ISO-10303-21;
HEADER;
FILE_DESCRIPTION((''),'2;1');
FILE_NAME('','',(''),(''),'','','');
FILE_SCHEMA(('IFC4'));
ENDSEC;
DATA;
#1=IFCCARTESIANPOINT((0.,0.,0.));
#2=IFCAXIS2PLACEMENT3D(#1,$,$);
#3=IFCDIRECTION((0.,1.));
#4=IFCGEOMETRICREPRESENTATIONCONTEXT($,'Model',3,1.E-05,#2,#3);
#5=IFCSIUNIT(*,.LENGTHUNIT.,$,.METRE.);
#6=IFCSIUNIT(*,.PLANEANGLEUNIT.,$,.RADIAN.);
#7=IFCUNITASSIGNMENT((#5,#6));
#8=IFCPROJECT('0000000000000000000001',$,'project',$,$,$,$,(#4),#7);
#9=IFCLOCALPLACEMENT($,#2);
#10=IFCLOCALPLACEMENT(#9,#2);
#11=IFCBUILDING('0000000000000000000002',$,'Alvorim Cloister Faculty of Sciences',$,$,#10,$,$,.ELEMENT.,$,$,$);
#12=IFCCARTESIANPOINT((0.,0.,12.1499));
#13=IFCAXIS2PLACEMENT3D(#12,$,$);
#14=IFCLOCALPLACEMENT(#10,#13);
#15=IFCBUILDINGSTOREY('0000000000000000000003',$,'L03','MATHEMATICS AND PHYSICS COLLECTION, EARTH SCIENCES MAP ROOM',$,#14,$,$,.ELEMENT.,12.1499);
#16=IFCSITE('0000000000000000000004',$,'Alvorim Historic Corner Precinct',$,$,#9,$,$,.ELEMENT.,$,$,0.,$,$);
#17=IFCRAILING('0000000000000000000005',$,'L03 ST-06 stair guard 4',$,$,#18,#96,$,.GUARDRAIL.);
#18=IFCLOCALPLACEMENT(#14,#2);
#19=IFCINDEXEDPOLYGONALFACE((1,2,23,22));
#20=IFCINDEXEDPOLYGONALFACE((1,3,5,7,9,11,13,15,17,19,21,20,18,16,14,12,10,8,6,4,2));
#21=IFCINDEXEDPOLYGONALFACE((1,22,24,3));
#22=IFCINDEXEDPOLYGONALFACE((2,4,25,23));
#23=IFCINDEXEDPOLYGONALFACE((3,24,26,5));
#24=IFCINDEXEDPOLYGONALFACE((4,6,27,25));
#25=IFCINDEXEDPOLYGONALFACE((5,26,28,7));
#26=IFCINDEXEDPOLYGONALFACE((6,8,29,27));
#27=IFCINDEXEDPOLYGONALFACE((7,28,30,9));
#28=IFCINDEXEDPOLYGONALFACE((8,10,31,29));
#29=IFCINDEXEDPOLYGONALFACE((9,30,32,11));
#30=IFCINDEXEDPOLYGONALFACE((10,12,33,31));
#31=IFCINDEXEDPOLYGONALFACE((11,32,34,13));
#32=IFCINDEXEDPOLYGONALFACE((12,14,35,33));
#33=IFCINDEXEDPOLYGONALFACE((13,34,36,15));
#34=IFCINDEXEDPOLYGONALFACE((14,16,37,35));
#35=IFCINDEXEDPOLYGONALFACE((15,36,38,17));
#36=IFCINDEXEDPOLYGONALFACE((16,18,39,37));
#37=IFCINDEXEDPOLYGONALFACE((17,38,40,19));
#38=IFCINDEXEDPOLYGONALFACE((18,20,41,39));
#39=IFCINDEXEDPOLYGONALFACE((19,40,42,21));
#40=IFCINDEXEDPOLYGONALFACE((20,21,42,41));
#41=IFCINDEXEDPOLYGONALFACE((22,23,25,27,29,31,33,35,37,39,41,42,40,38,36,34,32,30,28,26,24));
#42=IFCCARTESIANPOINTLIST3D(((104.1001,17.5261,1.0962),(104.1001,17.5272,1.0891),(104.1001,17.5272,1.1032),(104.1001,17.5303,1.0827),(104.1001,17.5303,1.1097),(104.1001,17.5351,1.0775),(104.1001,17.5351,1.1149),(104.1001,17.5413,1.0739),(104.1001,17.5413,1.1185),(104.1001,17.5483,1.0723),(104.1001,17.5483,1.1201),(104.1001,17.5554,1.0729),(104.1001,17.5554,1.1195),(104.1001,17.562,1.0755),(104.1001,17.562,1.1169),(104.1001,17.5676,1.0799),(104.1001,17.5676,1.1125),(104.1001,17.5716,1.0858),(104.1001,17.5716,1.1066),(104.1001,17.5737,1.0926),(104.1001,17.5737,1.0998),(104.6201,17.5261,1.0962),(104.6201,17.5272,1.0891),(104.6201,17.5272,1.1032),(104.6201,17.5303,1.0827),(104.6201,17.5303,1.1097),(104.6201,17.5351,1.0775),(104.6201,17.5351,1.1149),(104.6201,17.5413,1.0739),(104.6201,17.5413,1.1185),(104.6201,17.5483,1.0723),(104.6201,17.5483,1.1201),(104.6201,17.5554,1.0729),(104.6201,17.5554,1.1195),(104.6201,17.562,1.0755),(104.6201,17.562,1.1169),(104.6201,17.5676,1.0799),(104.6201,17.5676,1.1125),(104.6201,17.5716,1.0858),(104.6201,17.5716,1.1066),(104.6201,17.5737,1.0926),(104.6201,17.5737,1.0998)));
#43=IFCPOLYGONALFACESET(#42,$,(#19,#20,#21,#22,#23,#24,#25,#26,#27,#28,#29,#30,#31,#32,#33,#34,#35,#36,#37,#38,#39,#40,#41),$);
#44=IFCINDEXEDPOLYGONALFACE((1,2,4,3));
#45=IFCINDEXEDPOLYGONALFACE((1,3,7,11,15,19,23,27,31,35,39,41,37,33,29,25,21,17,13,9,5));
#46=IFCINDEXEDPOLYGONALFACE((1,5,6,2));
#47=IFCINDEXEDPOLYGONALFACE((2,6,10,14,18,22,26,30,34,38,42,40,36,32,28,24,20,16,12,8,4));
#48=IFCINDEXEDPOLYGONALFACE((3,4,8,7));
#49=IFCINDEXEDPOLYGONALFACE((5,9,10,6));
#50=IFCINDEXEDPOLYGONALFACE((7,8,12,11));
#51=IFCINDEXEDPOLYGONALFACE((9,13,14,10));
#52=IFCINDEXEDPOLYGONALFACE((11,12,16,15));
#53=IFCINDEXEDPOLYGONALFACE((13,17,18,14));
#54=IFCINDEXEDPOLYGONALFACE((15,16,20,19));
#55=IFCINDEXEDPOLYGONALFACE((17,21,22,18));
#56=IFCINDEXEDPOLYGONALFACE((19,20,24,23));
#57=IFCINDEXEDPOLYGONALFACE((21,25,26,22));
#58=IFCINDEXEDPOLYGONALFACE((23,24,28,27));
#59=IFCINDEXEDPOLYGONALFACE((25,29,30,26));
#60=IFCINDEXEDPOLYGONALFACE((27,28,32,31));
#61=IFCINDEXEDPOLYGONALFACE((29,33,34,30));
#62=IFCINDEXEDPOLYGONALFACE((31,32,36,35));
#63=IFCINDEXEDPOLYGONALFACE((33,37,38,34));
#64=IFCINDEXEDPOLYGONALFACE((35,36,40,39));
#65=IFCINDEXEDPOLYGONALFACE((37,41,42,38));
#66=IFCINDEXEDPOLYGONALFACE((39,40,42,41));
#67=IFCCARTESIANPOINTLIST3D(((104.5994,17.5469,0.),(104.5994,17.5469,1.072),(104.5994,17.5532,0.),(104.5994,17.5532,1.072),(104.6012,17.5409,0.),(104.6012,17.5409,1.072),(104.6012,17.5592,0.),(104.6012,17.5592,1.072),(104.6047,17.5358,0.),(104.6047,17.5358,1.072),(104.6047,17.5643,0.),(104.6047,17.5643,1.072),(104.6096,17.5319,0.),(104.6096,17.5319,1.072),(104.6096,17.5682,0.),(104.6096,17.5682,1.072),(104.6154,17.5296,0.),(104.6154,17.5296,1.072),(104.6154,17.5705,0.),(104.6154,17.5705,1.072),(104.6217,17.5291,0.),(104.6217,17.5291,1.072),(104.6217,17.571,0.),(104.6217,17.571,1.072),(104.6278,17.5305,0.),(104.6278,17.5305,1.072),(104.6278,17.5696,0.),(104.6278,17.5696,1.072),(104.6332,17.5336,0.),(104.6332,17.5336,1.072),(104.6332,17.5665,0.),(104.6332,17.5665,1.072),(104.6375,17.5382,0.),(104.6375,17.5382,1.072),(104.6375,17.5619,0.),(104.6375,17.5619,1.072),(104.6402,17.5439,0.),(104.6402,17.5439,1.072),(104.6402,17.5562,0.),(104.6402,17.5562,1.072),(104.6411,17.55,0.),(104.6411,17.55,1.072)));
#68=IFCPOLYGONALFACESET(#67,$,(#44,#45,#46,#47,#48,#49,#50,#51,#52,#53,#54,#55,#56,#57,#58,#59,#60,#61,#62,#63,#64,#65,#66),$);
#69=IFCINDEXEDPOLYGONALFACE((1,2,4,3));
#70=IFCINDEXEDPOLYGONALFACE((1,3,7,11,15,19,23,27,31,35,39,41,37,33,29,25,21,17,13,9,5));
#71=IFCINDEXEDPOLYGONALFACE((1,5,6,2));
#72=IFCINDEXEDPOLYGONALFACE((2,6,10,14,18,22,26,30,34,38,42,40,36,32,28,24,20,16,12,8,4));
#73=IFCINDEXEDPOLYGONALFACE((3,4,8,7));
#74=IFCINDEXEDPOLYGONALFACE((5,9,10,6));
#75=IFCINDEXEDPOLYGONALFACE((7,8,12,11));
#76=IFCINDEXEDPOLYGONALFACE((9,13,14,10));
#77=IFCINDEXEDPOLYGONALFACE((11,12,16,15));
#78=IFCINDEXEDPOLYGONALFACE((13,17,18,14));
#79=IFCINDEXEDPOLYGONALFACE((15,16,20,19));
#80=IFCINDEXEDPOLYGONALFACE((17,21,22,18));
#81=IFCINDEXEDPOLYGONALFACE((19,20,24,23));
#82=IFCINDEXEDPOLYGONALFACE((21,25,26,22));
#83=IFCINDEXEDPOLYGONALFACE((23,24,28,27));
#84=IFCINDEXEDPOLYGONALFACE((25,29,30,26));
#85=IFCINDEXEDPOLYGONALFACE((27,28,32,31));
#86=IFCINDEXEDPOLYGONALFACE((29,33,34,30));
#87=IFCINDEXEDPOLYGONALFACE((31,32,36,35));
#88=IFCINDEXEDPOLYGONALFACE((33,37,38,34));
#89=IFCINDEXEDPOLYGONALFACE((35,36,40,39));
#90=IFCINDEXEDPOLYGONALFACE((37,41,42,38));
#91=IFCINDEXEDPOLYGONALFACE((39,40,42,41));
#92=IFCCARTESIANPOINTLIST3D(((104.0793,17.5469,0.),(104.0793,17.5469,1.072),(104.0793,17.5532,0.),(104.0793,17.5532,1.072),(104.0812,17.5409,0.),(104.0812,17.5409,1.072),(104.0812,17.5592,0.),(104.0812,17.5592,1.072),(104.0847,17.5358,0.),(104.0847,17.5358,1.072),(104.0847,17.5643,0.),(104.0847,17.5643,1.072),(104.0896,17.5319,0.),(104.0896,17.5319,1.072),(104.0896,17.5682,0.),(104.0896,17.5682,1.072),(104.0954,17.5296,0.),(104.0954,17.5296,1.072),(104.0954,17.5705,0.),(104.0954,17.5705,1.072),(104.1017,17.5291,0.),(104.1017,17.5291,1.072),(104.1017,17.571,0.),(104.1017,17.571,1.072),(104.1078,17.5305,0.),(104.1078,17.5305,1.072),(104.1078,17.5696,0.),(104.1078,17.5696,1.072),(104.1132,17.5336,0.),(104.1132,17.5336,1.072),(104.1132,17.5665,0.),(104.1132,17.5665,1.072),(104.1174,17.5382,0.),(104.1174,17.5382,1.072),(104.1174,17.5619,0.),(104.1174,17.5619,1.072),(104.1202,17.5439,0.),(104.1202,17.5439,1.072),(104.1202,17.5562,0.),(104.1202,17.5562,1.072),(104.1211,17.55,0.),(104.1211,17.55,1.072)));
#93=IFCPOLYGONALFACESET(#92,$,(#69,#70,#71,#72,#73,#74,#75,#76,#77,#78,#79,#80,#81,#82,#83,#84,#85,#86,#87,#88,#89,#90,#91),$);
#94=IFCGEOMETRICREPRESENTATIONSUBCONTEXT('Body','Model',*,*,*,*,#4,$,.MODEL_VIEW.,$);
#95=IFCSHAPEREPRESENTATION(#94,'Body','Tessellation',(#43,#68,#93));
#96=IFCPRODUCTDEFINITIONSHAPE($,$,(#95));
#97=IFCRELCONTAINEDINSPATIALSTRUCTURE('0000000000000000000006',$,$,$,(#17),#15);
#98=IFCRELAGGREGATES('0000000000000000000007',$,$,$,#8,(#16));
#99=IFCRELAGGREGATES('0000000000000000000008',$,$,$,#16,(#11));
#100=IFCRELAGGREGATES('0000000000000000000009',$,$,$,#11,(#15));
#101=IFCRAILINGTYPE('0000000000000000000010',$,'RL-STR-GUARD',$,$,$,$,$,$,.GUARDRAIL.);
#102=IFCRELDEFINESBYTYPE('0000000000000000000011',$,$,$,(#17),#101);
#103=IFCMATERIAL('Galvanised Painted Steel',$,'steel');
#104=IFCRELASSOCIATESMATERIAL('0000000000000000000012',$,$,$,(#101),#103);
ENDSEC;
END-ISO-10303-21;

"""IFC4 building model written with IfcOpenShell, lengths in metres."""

from ifc_helpers import new_model, si_unit, direction, frame, origin, origin_2d, place, context, subcontext, project, spatial, circle, extrude, material, type_object, element, save


model = new_model("IFC4")

# Units and contexts
model_context = context("Model", 3, precision=1e-05, world=origin(), true_north=direction((0.0, 1.0)))
body_context = subcontext(model_context, "Body", "Model", "MODEL_VIEW")
ifc_project = project(units=[si_unit("LENGTHUNIT", "METRE"), si_unit("PLANEANGLEUNIT", "RADIAN")], contexts=[model_context])

# Site, building, storey
site_placement = place(None, origin())
site = spatial("IfcSite", under=ifc_project, at=site_placement, Name="Alvorim Historic Corner Precinct", CompositionType="ELEMENT", RefElevation=0.0)
building_placement = place(site_placement, origin())
building = spatial("IfcBuilding", under=site, at=building_placement, Name="Alvorim Cloister Faculty of Sciences", CompositionType="ELEMENT")
storey_placement = place(building_placement, frame((0.0, 0.0, 12.1499)))
storey = spatial("IfcBuildingStorey", under=building, at=storey_placement, Name="L03", Description="MATHEMATICS AND PHYSICS COLLECTION, EARTH SCIENCES MAP ROOM", CompositionType="ELEMENT", Elevation=12.1499)

# Railing
ifc_material_1 = material(Name="Galvanised Painted Steel", Category="steel")
railing_type_1 = type_object("IfcRailingType", Name="RL-STR-GUARD", PredefinedType="GUARDRAIL", material=ifc_material_1)
railing_1_placement = place(storey_placement, frame((104.6201, 17.55, 0.0)))
element("IfcRailing", 1, at=railing_1_placement, inside=storey, type_object=railing_type_1, Name="L03 ST-06 stair guard 4", PredefinedType="GUARDRAIL", context=body_context, shape_type="SweptSolid", body=[
    extrude(circle(Radius=0.0239, at=origin_2d()), frame((0.0, 0.0, 1.0962), z_axis=(-1.0, 0.0, 0.0), x_axis=(0.0, -1.0, 0.0)), (0.0, 0.0, 1.0), 0.52),
    extrude(circle(Radius=0.021, at=origin_2d()), origin(), (0.0, 0.0, 1.0), 1.072),
    extrude(circle(Radius=0.021, at=origin_2d()), frame((-0.52, 0.0, 0.0)), (0.0, 0.0, 1.0), 1.072),
])

save(model, "model.ifc")
